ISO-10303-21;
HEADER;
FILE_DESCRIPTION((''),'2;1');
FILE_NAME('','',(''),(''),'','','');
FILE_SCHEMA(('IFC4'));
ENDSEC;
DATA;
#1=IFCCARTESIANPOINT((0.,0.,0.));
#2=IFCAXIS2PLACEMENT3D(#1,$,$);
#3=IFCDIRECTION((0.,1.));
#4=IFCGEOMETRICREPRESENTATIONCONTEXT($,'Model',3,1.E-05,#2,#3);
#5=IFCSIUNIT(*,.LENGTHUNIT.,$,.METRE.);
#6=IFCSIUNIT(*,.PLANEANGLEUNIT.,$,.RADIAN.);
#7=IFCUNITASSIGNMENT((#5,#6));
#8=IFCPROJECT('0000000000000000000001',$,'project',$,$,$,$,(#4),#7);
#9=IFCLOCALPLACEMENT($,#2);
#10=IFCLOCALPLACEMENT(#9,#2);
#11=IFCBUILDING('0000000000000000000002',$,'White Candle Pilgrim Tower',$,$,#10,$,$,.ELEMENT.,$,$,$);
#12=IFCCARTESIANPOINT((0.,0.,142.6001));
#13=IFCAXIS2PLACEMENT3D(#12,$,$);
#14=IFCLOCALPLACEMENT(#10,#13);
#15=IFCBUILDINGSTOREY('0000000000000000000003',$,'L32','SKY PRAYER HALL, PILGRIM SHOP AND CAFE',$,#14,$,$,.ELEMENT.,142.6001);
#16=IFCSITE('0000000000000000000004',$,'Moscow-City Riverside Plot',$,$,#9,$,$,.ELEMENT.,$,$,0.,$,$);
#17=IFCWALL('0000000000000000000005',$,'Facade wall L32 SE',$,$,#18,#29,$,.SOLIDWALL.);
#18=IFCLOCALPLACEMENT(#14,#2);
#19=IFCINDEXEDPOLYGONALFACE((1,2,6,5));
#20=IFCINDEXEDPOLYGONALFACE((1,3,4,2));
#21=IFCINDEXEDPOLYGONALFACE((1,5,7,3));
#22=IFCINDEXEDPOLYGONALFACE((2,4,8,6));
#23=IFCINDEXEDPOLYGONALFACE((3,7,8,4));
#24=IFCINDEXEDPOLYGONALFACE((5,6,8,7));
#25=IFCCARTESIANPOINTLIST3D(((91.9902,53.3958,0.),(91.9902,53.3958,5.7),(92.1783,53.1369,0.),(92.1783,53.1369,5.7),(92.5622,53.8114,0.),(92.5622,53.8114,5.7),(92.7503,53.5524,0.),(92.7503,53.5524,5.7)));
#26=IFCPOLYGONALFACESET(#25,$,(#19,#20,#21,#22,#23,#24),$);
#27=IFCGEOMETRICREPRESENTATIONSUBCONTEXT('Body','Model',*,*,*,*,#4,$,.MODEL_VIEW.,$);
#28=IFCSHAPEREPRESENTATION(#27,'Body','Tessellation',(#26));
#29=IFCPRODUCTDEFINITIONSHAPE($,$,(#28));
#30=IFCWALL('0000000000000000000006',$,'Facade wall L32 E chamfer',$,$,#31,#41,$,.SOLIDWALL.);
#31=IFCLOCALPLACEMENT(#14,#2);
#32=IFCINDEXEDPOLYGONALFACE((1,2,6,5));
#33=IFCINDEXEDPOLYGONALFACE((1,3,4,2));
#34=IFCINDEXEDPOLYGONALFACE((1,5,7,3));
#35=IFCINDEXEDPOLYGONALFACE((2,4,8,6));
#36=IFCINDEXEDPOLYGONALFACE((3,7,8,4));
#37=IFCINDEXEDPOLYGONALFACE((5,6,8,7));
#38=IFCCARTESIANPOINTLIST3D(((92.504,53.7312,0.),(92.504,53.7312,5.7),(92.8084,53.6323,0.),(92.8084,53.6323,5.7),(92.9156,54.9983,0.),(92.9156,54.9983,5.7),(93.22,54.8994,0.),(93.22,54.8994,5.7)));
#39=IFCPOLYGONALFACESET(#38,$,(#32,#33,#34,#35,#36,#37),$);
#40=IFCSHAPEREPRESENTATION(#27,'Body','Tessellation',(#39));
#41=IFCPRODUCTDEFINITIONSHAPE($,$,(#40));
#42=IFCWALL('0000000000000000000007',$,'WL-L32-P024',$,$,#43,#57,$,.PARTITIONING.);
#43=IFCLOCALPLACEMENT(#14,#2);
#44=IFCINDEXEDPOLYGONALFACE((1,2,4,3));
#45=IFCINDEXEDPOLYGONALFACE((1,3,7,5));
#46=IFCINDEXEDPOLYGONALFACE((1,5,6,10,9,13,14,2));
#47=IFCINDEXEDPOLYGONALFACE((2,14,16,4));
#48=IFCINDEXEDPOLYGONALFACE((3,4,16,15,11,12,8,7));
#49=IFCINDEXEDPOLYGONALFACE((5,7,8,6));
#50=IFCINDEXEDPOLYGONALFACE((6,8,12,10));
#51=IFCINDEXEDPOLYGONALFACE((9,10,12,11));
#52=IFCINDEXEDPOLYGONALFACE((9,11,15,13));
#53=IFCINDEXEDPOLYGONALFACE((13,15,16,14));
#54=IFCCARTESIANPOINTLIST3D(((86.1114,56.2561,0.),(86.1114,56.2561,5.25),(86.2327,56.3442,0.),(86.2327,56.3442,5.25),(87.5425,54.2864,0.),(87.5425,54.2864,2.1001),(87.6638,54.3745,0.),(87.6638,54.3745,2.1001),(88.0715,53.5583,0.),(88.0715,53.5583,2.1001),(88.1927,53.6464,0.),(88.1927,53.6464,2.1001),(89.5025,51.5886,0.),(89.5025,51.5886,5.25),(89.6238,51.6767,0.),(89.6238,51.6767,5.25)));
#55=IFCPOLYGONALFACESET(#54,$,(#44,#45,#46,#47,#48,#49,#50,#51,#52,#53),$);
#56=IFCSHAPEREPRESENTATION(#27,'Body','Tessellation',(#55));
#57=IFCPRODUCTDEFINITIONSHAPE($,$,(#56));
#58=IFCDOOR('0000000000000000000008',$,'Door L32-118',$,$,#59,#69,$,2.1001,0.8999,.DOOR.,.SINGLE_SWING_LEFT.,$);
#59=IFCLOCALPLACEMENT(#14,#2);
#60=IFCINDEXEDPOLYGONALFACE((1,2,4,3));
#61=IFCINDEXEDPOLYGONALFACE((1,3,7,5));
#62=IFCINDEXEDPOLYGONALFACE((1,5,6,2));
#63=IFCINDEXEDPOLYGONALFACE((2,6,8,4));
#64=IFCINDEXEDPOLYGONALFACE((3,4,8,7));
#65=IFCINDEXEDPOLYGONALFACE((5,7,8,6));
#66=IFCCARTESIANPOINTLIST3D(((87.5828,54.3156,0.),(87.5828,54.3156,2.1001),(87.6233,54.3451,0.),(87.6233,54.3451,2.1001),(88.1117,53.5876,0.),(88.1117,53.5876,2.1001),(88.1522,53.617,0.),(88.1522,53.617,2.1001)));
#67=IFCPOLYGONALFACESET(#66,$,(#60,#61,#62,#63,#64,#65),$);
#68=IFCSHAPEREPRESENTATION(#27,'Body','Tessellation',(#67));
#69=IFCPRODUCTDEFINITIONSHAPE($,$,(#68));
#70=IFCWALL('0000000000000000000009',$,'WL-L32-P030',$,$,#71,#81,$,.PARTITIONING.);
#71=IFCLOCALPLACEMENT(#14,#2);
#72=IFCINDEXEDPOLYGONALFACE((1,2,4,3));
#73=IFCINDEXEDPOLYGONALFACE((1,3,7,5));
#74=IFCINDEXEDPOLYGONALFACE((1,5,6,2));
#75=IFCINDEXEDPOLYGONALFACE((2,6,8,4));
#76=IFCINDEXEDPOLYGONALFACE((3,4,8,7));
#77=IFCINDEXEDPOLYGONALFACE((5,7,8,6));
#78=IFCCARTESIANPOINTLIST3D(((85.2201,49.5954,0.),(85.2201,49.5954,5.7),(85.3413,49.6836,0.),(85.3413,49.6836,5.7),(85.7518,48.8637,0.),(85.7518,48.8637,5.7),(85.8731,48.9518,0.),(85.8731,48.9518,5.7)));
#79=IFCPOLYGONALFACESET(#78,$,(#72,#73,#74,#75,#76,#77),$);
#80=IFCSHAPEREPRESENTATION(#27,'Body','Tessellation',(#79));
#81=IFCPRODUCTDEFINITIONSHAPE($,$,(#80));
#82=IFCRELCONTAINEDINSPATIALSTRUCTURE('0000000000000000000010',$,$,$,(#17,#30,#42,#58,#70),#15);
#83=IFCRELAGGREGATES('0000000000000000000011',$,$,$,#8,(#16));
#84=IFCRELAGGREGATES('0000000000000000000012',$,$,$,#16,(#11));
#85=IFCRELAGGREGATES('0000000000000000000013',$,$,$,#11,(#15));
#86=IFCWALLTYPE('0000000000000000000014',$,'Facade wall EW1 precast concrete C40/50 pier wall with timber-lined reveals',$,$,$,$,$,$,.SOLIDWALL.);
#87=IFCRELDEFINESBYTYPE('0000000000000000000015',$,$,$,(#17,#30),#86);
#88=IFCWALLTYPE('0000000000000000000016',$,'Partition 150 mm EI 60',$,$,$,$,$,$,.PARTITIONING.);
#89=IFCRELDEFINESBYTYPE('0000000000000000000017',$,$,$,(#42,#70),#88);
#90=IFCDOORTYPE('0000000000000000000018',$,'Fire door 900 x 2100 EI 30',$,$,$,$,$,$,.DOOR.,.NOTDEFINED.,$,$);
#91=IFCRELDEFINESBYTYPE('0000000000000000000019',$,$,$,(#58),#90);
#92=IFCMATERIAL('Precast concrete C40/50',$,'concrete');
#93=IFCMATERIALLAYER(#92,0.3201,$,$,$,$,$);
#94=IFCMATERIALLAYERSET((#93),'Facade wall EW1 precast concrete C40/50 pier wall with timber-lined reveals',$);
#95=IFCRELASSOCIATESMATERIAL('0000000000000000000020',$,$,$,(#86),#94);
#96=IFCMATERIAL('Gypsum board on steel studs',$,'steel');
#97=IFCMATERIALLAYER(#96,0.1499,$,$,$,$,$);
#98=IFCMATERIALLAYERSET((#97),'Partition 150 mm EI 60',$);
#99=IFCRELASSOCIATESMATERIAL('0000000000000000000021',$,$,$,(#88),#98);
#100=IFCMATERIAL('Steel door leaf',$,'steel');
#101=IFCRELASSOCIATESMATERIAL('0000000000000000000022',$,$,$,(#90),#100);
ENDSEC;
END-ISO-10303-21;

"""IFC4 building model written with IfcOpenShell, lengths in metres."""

from ifc_helpers import new_model, si_unit, direction, frame, frame_2d, origin, place, context, subcontext, project, spatial, rectangle, extrude, material, layer, layer_set, type_object, element, fill, save


model = new_model("IFC4")

# Units and contexts
model_context = context("Model", 3, precision=1e-05, world=origin(), true_north=direction((0.0, 1.0)))
body_context = subcontext(model_context, "Body", "Model", "MODEL_VIEW")
ifc_project = project(units=[si_unit("LENGTHUNIT", "METRE"), si_unit("PLANEANGLEUNIT", "RADIAN")], contexts=[model_context])

# Site, building, storey
site_placement = place(None, origin())
site = spatial("IfcSite", under=ifc_project, at=site_placement, Name="Moscow-City Riverside Plot", CompositionType="ELEMENT", RefElevation=0.0)
building_placement = place(site_placement, origin())
building = spatial("IfcBuilding", under=site, at=building_placement, Name="White Candle Pilgrim Tower", CompositionType="ELEMENT")
storey_placement = place(building_placement, frame((0.0, 0.0, 142.6001)))
storey = spatial("IfcBuildingStorey", under=building, at=storey_placement, Name="L32", Description="SKY PRAYER HALL, PILGRIM SHOP AND CAFE", CompositionType="ELEMENT", Elevation=142.6001)

# Walls
ifc_material_1 = material(Name="Precast concrete C40/50", Category="concrete")
ifc_layer_1 = layer(ifc_material_1, 0.3201)
ifc_layer_set_1 = layer_set([ifc_layer_1], Name="Facade wall EW1 precast concrete C40/50 pier wall with timber-lined reveals")
wall_type_1 = type_object("IfcWallType", Name="Facade wall EW1 precast concrete C40/50 pier wall with timber-lined reveals", PredefinedType="SOLIDWALL", material=ifc_layer_set_1)
wall_1_placement = place(storey_placement, frame((92.0842, 53.2664, 0.0), z_axis=(0.0, 0.0, 1.0), x_axis=(0.809064, 0.58772, 0.0)))
element("IfcWall", 1, at=wall_1_placement, inside=storey, type_object=wall_type_1, Name="Facade wall L32 SE", PredefinedType="SOLIDWALL", context=body_context, shape_type="SweptSolid", body=[
    extrude(rectangle(XDim=0.707, YDim=0.3201, at=frame_2d((0.3535, 0.0))), origin(), (0.0, 0.0, 1.0), 5.7),
])
wall_2_placement = place(storey_placement, frame((92.6562, 53.6819, 0.0), z_axis=(0.0, 0.0, 1.0), x_axis=(0.308962, 0.951074, 0.0)))
element("IfcWall", 2, at=wall_2_placement, inside=storey, type_object=wall_type_1, Name="Facade wall L32 E chamfer", PredefinedType="SOLIDWALL", context=body_context, shape_type="SweptSolid", body=[
    extrude(rectangle(XDim=1.3323, YDim=0.3201, at=frame_2d((0.666, 0.0))), origin(), (0.0, 0.0, 1.0), 5.7),
])

# Wall, opening, door
ifc_material_2 = material(Name="Gypsum board on steel studs", Category="steel")
ifc_layer_2 = layer(ifc_material_2, 0.1499)
ifc_layer_set_2 = layer_set([ifc_layer_2], Name="Partition 150 mm EI 60")
wall_type_2 = type_object("IfcWallType", Name="Partition 150 mm EI 60", PredefinedType="PARTITIONING", material=ifc_layer_set_2)
wall_3_placement = place(storey_placement, frame((89.5632, 51.6326, 0.0), z_axis=(0.0, 0.0, 1.0), x_axis=(-0.587784, 0.809018, 0.0)))
wall_3 = element("IfcWall", 3, at=wall_3_placement, inside=storey, type_object=wall_type_2, Name="WL-L32-P024", PredefinedType="PARTITIONING", context=body_context, shape_type="SweptSolid", body=[
    extrude(rectangle(XDim=5.7693, YDim=0.1499, at=frame_2d((2.8848, 0.0))), origin(), (0.0, 0.0, 1.0), 5.25),
])
opening_placement = place(wall_3_placement, frame((2.4348, 0.0, 0.0)))
opening = element("IfcOpeningElement", 4, at=opening_placement, cuts=wall_3, PredefinedType="OPENING", context=body_context, shape_type="SweptSolid", body=[
    extrude(rectangle(XDim=0.8999, YDim=2.1001, at=frame_2d((0.45, 1.05))), frame((0.0, 0.085, 0.0), z_axis=(0.0, -1.0, 0.0), x_axis=(1.0, 0.0, 0.0)), (0.0, 0.0, 1.0), 0.1699),
])
ifc_material_3 = material(Name="Steel door leaf", Category="steel")
door_type = type_object("IfcDoorType", Name="Fire door 900 x 2100 EI 30", OperationType="NOTDEFINED", PredefinedType="DOOR", material=ifc_material_3)
door_placement = place(opening_placement, frame((0.8999, 0.0, 0.0), z_axis=(0.0, 0.0, 1.0), x_axis=(-1.0, 0.0, 0.0)))
door = element("IfcDoor", 5, at=door_placement, inside=storey, type_object=door_type, Name="Door L32-118", OperationType="SINGLE_SWING_LEFT", OverallHeight=2.1001, OverallWidth=0.8999, PredefinedType="DOOR", context=body_context, shape_type="SweptSolid", body=[
    extrude(rectangle(XDim=0.8999, YDim=2.1001, at=frame_2d((0.45, 1.05))), frame((0.0, 0.0249, 0.0), z_axis=(0.0, -1.0, 0.0), x_axis=(1.0, 0.0, 0.0)), (0.0, 0.0, 1.0), 0.05),
])
fill(opening, door)

# Wall
wall_4_placement = place(storey_placement, frame((85.2808, 49.6394, 0.0), z_axis=(0.0, 0.0, 1.0), x_axis=(0.587883, -0.808946, 0.0)))
element("IfcWall", 6, at=wall_4_placement, inside=storey, type_object=wall_type_2, Name="WL-L32-P030", PredefinedType="PARTITIONING", context=body_context, shape_type="SweptSolid", body=[
    extrude(rectangle(XDim=0.9045, YDim=0.1499, at=frame_2d((0.4521, 0.0))), origin(), (0.0, 0.0, 1.0), 5.7),
])

save(model, "model.ifc")
